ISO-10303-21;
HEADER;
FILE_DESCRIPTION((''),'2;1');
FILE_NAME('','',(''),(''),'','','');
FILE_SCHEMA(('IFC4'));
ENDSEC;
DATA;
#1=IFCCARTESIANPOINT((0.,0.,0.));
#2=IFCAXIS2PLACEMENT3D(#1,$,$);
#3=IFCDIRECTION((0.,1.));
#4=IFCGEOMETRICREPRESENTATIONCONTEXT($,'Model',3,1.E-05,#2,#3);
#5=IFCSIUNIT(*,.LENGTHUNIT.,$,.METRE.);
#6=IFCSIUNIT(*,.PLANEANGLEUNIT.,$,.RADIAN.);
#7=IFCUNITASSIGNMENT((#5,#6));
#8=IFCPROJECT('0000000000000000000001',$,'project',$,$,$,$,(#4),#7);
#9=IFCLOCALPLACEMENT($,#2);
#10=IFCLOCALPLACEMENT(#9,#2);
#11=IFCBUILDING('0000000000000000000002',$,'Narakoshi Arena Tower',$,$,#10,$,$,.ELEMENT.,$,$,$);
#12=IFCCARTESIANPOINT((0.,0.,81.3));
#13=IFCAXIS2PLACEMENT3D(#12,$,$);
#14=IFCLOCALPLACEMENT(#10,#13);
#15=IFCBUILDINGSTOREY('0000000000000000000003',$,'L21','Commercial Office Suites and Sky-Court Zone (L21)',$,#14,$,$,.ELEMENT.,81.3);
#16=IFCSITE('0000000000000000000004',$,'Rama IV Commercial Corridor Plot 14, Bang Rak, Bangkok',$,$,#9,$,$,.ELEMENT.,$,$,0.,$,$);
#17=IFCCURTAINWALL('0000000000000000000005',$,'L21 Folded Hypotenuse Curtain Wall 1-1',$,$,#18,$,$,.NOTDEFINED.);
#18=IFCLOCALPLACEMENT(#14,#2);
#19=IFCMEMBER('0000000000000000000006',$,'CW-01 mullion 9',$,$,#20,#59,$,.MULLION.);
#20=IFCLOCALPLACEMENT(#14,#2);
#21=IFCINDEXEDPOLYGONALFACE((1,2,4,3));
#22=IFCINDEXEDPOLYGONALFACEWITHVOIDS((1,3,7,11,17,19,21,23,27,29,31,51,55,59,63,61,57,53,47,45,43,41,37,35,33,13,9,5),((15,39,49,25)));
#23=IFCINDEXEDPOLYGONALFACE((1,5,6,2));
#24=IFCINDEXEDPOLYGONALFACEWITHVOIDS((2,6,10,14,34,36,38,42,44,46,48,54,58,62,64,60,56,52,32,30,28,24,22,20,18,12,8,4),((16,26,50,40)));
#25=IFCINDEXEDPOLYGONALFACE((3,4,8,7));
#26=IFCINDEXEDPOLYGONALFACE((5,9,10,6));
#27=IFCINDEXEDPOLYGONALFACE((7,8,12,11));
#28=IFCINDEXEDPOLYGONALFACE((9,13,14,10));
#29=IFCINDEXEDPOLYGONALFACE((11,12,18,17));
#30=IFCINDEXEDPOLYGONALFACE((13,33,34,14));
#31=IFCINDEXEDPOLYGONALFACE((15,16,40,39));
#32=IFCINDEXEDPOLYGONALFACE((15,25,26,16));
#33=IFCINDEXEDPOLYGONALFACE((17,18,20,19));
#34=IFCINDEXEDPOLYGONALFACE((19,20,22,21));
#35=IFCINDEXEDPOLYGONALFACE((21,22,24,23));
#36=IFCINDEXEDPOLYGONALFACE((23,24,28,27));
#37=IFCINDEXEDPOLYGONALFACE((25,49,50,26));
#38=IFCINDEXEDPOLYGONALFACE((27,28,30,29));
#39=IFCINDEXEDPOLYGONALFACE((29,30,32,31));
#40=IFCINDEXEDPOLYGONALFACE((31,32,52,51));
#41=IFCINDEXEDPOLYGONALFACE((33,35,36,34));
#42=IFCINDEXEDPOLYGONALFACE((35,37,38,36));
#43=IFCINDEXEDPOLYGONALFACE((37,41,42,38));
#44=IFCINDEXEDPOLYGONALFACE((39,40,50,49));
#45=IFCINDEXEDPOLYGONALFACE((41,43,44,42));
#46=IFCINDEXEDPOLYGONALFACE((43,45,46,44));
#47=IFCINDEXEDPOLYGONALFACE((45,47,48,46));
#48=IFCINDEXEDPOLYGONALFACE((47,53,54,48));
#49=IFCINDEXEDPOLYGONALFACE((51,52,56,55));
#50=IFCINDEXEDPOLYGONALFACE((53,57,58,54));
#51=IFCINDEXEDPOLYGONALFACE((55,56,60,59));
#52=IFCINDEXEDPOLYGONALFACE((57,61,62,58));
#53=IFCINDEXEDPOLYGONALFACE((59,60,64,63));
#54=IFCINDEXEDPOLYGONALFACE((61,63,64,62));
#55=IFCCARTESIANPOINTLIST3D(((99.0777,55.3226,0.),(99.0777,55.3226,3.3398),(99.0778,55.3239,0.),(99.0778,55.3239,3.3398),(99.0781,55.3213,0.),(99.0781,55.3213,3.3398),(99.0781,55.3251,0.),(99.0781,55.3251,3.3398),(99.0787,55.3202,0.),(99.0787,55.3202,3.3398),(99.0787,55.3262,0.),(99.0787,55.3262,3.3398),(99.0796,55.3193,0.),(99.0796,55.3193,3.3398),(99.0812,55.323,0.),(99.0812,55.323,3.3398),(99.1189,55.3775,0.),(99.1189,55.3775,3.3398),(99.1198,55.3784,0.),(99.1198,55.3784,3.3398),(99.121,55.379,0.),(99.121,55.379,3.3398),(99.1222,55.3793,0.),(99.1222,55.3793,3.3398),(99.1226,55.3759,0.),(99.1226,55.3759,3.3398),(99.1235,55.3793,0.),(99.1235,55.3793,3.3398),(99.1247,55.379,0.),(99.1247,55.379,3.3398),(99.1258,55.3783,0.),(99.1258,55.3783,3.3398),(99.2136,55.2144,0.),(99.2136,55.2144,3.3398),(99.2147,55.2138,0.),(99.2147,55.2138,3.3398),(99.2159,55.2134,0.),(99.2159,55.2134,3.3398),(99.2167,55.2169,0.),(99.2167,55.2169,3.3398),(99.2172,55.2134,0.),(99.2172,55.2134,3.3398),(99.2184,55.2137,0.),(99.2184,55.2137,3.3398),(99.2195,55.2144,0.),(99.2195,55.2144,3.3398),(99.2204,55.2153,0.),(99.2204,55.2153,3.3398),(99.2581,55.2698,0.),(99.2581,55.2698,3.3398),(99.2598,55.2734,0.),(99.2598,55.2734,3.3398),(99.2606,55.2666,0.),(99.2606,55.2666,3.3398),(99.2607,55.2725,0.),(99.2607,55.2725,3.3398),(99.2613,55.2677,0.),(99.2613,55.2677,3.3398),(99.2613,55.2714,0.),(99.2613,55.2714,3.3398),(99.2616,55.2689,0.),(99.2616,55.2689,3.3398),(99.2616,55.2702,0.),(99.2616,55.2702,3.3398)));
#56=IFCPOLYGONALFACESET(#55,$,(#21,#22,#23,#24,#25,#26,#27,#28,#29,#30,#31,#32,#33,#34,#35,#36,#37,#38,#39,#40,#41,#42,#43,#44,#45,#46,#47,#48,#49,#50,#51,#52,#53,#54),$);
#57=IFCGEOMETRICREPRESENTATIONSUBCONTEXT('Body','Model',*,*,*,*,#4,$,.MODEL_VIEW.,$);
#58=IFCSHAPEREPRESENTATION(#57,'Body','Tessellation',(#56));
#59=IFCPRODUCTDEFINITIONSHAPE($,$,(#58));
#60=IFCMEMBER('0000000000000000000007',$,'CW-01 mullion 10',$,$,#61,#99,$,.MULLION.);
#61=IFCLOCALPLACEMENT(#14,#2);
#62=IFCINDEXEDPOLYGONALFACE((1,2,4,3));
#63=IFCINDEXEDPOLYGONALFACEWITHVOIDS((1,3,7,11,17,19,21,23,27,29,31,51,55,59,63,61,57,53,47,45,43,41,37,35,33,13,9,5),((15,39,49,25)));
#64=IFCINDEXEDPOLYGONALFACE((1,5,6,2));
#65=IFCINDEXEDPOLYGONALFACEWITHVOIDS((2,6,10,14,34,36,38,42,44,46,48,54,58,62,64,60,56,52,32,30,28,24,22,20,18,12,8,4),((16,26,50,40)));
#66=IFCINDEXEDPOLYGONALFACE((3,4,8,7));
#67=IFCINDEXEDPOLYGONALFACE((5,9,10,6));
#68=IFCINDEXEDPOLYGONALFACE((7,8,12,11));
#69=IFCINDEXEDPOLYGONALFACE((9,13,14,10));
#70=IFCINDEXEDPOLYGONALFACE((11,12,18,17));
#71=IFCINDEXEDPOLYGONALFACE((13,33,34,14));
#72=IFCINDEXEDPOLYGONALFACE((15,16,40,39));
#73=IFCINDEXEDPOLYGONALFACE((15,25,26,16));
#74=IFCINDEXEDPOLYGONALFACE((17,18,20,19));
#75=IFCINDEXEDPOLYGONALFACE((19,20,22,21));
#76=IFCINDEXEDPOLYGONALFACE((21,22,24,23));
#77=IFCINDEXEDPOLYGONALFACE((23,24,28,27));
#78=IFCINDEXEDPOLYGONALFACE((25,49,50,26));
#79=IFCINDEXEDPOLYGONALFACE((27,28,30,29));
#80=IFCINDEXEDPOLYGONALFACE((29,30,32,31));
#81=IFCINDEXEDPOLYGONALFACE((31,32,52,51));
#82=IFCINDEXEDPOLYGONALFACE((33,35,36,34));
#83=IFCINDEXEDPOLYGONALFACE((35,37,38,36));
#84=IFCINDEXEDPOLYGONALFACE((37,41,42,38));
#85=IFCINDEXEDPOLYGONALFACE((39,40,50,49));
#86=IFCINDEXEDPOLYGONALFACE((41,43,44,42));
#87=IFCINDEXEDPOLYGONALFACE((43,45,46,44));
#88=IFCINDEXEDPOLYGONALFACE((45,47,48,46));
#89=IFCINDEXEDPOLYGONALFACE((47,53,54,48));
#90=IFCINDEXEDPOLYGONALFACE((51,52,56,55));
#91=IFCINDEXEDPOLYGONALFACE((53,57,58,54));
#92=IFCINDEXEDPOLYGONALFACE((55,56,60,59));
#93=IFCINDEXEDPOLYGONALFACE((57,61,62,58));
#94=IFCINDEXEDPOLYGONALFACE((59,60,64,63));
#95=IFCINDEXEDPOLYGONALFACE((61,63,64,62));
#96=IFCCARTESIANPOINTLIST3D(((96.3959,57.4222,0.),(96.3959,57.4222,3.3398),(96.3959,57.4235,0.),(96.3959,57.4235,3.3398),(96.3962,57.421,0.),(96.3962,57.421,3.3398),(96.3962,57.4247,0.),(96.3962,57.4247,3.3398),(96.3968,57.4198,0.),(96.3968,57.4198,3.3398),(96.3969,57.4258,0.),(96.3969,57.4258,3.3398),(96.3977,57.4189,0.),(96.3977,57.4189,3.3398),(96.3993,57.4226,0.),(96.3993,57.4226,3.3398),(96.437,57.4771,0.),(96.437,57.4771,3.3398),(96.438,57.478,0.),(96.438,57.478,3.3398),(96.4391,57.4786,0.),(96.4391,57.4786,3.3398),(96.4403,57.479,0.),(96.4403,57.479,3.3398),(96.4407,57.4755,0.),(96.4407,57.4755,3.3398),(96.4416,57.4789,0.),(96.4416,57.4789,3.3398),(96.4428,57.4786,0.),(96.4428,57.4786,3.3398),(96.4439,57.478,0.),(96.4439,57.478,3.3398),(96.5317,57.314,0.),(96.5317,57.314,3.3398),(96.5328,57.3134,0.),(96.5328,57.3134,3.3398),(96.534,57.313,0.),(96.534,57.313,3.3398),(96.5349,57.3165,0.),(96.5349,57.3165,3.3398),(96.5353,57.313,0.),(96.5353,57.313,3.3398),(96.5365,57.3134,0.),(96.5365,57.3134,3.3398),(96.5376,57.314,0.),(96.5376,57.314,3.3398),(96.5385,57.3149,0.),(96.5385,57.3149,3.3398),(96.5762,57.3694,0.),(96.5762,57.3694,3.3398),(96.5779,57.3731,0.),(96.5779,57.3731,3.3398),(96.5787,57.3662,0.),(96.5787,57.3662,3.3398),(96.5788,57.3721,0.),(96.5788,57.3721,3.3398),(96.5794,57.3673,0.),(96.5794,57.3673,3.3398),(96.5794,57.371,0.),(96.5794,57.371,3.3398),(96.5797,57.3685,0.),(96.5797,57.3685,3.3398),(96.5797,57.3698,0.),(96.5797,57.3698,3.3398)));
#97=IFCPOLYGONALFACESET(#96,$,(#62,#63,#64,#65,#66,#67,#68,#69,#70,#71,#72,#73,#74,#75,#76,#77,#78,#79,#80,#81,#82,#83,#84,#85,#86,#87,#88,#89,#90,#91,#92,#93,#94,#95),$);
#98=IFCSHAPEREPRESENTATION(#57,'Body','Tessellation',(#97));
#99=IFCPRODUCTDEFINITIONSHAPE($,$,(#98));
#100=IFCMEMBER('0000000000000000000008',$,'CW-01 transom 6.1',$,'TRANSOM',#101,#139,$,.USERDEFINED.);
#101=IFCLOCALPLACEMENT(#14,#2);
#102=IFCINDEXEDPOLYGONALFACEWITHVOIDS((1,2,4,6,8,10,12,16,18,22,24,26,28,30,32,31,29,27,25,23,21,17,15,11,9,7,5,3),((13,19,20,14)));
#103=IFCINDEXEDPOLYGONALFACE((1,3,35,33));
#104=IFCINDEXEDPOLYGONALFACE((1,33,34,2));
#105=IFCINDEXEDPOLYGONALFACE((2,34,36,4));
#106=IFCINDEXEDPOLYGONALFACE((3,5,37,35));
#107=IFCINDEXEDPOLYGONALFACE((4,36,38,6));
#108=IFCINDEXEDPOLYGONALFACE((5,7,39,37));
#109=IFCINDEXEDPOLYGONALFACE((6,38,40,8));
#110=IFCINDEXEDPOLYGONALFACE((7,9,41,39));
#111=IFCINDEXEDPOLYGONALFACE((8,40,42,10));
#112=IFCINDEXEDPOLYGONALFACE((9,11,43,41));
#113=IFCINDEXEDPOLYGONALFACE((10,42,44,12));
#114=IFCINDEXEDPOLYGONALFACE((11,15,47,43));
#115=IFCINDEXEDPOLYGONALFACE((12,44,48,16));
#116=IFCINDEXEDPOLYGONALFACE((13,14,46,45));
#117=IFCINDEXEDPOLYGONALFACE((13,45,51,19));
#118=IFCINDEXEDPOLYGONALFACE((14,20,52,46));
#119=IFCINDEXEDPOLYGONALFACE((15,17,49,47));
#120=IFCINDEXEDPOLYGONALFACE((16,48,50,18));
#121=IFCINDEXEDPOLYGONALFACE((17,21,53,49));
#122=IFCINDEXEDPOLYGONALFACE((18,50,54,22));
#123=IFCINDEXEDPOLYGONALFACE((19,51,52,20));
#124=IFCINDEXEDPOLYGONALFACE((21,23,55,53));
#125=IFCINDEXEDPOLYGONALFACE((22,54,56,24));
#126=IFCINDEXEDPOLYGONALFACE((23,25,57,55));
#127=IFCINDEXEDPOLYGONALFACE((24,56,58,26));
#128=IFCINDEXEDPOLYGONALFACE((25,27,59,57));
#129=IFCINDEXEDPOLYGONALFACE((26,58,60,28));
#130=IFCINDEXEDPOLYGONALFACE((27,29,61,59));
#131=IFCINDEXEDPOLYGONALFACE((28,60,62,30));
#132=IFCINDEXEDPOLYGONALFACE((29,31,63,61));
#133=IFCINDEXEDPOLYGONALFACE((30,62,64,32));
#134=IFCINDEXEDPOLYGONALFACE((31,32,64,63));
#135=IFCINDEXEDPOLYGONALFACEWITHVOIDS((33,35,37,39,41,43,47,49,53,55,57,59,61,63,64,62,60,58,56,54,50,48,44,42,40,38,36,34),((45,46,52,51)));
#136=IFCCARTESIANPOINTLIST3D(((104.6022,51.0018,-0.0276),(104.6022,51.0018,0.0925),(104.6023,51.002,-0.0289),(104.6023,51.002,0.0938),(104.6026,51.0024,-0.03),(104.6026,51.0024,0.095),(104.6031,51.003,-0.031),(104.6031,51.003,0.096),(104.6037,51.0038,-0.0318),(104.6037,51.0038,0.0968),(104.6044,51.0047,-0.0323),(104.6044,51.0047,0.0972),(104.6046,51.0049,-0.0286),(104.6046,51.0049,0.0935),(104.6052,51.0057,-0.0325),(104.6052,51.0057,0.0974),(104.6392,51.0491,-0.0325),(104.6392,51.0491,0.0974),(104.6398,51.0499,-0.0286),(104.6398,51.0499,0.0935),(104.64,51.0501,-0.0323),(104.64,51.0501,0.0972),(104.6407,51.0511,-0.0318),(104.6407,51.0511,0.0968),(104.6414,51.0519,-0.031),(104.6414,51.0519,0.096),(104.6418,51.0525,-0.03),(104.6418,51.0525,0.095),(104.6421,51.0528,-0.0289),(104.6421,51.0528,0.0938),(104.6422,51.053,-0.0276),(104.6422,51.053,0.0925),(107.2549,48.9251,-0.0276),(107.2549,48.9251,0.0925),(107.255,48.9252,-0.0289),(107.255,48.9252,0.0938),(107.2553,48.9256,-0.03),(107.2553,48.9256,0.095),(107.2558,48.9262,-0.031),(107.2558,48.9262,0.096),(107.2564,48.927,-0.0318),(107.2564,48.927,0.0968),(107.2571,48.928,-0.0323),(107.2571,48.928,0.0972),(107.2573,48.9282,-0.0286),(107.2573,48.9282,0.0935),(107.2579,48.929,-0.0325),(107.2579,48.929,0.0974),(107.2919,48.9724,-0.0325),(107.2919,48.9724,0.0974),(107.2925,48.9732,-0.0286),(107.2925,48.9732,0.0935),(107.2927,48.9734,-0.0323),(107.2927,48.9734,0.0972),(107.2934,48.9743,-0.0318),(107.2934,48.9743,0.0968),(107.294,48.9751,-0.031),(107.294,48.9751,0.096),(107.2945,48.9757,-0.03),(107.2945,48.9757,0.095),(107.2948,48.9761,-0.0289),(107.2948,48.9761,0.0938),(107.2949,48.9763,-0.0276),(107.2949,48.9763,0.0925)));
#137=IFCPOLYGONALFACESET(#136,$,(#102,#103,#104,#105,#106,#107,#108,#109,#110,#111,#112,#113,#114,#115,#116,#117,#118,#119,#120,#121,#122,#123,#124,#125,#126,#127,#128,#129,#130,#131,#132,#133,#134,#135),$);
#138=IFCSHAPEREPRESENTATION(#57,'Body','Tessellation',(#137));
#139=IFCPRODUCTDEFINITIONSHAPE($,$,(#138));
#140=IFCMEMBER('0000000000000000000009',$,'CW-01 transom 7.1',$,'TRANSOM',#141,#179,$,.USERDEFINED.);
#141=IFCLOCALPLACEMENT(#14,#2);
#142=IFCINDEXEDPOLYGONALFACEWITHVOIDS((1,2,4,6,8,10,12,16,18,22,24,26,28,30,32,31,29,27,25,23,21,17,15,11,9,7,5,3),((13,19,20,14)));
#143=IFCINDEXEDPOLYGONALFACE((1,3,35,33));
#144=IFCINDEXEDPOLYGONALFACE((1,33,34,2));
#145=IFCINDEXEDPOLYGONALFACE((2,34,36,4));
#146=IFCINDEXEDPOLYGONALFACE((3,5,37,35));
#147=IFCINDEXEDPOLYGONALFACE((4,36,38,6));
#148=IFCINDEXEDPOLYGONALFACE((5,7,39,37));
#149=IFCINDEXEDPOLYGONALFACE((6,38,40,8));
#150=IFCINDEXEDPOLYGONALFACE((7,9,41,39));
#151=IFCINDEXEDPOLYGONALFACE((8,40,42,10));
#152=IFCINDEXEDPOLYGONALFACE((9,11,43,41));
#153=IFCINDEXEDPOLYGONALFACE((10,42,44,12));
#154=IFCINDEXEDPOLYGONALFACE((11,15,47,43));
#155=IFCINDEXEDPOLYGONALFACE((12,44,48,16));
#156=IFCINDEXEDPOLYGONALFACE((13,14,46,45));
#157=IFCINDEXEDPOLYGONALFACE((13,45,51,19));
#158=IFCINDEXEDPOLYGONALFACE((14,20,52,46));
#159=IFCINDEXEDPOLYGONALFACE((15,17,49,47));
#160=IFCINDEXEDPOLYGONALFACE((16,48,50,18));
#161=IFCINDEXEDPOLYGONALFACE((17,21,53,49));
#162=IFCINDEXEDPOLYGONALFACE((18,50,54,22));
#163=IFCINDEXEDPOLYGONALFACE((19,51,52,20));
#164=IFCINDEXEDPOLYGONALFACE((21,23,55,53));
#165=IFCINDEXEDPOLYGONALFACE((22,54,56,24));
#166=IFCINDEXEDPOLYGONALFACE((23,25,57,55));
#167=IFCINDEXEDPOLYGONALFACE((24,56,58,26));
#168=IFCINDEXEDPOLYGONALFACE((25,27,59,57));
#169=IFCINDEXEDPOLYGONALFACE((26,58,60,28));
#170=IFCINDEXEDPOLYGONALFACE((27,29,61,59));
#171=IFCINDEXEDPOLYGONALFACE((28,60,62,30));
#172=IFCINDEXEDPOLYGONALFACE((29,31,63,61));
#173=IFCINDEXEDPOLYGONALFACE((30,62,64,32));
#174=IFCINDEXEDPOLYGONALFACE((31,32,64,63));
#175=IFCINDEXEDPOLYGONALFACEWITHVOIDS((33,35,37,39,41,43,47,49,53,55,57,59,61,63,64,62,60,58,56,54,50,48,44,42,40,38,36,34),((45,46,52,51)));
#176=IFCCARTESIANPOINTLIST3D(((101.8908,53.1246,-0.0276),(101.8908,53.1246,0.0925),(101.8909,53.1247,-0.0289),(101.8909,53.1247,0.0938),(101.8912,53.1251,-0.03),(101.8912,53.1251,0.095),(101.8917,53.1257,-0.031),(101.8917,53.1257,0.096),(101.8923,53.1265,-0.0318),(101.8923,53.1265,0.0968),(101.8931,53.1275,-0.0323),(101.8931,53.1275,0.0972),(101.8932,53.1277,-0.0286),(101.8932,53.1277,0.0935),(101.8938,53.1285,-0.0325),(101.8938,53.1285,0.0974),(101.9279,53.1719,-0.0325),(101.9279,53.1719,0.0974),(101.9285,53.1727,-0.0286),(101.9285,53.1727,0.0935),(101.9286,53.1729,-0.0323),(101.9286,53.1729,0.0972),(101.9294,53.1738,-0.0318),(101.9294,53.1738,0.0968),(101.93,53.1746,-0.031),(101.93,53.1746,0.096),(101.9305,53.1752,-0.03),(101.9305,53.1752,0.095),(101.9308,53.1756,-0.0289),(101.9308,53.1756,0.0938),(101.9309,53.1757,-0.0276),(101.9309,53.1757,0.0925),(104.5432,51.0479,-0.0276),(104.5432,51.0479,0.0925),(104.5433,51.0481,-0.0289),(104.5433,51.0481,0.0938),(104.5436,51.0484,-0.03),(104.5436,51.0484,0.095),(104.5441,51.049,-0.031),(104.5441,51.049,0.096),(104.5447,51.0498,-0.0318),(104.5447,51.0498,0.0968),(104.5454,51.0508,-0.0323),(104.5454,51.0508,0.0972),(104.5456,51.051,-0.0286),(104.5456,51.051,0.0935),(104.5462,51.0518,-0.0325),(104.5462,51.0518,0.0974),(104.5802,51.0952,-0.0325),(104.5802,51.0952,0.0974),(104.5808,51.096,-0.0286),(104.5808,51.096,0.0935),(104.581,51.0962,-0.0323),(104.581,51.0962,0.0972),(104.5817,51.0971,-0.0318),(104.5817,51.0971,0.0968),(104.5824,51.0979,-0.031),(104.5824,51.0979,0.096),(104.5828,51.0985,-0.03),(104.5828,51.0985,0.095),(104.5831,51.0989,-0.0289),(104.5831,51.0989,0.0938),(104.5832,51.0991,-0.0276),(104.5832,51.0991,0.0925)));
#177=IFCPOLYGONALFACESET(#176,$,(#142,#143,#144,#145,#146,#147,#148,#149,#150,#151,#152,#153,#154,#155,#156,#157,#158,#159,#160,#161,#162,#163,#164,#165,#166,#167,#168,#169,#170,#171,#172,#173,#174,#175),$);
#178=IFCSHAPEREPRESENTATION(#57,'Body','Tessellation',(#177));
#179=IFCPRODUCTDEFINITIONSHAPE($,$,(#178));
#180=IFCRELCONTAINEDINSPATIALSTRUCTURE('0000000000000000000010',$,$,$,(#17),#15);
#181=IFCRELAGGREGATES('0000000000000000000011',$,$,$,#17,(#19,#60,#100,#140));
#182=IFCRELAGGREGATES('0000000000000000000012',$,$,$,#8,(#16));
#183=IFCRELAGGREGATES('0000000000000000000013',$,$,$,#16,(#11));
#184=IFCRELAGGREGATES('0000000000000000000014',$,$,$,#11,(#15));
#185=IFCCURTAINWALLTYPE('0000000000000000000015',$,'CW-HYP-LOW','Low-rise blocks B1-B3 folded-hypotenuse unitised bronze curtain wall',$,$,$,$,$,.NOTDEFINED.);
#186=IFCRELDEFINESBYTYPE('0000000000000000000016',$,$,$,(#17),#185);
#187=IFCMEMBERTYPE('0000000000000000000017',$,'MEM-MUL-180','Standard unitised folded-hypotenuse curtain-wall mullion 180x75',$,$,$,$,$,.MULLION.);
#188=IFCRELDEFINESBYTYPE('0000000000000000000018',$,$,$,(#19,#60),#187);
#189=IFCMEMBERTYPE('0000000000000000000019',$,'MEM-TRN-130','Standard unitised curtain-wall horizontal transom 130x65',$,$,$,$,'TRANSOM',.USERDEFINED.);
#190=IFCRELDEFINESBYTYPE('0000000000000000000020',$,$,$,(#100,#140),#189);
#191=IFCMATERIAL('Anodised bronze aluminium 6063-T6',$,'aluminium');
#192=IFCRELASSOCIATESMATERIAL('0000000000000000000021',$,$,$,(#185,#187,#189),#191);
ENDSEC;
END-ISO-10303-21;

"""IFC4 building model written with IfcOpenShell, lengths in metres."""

from ifc_helpers import new_model, si_unit, direction, frame, origin, origin_2d, place, context, subcontext, project, spatial, hollow_rectangle, extrude, material, material_profile, profile_set, type_object, element, aggregate, save


model = new_model("IFC4")

# Units and contexts
model_context = context("Model", 3, precision=1e-05, world=origin(), true_north=direction((0.0, 1.0)))
body_context = subcontext(model_context, "Body", "Model", "MODEL_VIEW")
ifc_project = project(units=[si_unit("LENGTHUNIT", "METRE"), si_unit("PLANEANGLEUNIT", "RADIAN")], contexts=[model_context])

# Site, building, storey
site_placement = place(None, origin())
site = spatial("IfcSite", under=ifc_project, at=site_placement, Name="Rama IV Commercial Corridor Plot 14, Bang Rak, Bangkok", CompositionType="ELEMENT", RefElevation=0.0)
building_placement = place(site_placement, origin())
building = spatial("IfcBuilding", under=site, at=building_placement, Name="Narakoshi Arena Tower", CompositionType="ELEMENT")
storey_placement = place(building_placement, frame((0.0, 0.0, 81.3)))
storey = spatial("IfcBuildingStorey", under=building, at=storey_placement, Name="L21", Description="Commercial Office Suites and Sky-Court Zone (L21)", CompositionType="ELEMENT", Elevation=81.3)

# Curtain wall, members
ifc_material_1 = material(Name="Anodised bronze aluminium 6063-T6", Category="aluminium")
curtain_wall_type = type_object("IfcCurtainWallType", Name="CW-HYP-LOW", Description="Low-rise blocks B1-B3 folded-hypotenuse unitised bronze curtain wall", PredefinedType="NOTDEFINED", material=ifc_material_1)
curtain_wall_placement = place(storey_placement, origin())
curtain_wall = element("IfcCurtainWall", 1, at=curtain_wall_placement, inside=storey, type_object=curtain_wall_type, Name="L21 Folded Hypotenuse Curtain Wall 1-1", PredefinedType="NOTDEFINED")
ifc_material_profile_1 = material_profile(ifc_material_1, hollow_rectangle(XDim=0.075, YDim=0.1799, WallThickness=0.0039, OuterFilletRadius=0.0049, at=origin_2d()), Name="MUL180x75x4")
ifc_profile_set_1 = profile_set([ifc_material_profile_1], Name="Anodised bronze aluminium 6063-T6")
member_type_1 = type_object("IfcMemberType", Name="MEM-MUL-180", Description="Standard unitised folded-hypotenuse curtain-wall mullion 180x75", PredefinedType="MULLION", material=ifc_profile_set_1)
member_1_placement = place(storey_placement, frame((99.1697, 55.2964, 0.0), z_axis=(0.0, 0.0, 1.0), x_axis=(-0.616458, -0.787388, 0.0)))
member_1 = element("IfcMember", 2, at=member_1_placement, type_object=member_type_1, Name="CW-01 mullion 9", PredefinedType="MULLION", context=body_context, shape_type="SweptSolid", body=[
    extrude(hollow_rectangle(XDim=0.075, YDim=0.1799, WallThickness=0.0039, OuterFilletRadius=0.0049, at=origin_2d()), origin(), (0.0, 0.0, 1.0), 3.3398),
])
member_2_placement = place(storey_placement, frame((96.4878, 57.396, 0.0), z_axis=(0.0, 0.0, 1.0), x_axis=(-0.616458, -0.787388, 0.0)))
member_2 = element("IfcMember", 3, at=member_2_placement, type_object=member_type_1, Name="CW-01 mullion 10", PredefinedType="MULLION", context=body_context, shape_type="SweptSolid", body=[
    extrude(hollow_rectangle(XDim=0.075, YDim=0.1799, WallThickness=0.0039, OuterFilletRadius=0.0049, at=origin_2d()), origin(), (0.0, 0.0, 1.0), 3.3398),
])
ifc_material_profile_2 = material_profile(ifc_material_1, hollow_rectangle(XDim=0.0649, YDim=0.1299, WallThickness=0.0039, OuterFilletRadius=0.0049, at=origin_2d()), Name="TRN130x65x4")
ifc_profile_set_2 = profile_set([ifc_material_profile_2], Name="Anodised bronze aluminium 6063-T6")
member_type_2 = type_object("IfcMemberType", Name="MEM-TRN-130", Description="Standard unitised curtain-wall horizontal transom 130x65", ElementType="TRANSOM", PredefinedType="USERDEFINED", material=ifc_profile_set_2)
member_3_placement = place(storey_placement, frame((107.2749, 48.9507, 0.0325), z_axis=(-0.787401, 0.616441, 0.0), x_axis=(-0.616441, -0.787401, 0.0)))
member_3 = element("IfcMember", 4, at=member_3_placement, type_object=member_type_2, Name="CW-01 transom 6.1", ObjectType="TRANSOM", PredefinedType="USERDEFINED", context=body_context, shape_type="SweptSolid", body=[
    extrude(hollow_rectangle(XDim=0.0649, YDim=0.1299, WallThickness=0.0039, OuterFilletRadius=0.0049, at=origin_2d()), origin(), (0.0, 0.0, 1.0), 3.3689),
])
member_4_placement = place(storey_placement, frame((104.5632, 51.0735, 0.0325), z_axis=(-0.787373, 0.616476, 0.0), x_axis=(-0.616476, -0.787373, 0.0)))
member_4 = element("IfcMember", 5, at=member_4_placement, type_object=member_type_2, Name="CW-01 transom 7.1", ObjectType="TRANSOM", PredefinedType="USERDEFINED", context=body_context, shape_type="SweptSolid", body=[
    extrude(hollow_rectangle(XDim=0.0649, YDim=0.1299, WallThickness=0.0039, OuterFilletRadius=0.0049, at=origin_2d()), origin(), (0.0, 0.0, 1.0), 3.3687),
])
aggregate(curtain_wall, [member_1, member_2, member_3, member_4])

save(model, "model.ifc")
